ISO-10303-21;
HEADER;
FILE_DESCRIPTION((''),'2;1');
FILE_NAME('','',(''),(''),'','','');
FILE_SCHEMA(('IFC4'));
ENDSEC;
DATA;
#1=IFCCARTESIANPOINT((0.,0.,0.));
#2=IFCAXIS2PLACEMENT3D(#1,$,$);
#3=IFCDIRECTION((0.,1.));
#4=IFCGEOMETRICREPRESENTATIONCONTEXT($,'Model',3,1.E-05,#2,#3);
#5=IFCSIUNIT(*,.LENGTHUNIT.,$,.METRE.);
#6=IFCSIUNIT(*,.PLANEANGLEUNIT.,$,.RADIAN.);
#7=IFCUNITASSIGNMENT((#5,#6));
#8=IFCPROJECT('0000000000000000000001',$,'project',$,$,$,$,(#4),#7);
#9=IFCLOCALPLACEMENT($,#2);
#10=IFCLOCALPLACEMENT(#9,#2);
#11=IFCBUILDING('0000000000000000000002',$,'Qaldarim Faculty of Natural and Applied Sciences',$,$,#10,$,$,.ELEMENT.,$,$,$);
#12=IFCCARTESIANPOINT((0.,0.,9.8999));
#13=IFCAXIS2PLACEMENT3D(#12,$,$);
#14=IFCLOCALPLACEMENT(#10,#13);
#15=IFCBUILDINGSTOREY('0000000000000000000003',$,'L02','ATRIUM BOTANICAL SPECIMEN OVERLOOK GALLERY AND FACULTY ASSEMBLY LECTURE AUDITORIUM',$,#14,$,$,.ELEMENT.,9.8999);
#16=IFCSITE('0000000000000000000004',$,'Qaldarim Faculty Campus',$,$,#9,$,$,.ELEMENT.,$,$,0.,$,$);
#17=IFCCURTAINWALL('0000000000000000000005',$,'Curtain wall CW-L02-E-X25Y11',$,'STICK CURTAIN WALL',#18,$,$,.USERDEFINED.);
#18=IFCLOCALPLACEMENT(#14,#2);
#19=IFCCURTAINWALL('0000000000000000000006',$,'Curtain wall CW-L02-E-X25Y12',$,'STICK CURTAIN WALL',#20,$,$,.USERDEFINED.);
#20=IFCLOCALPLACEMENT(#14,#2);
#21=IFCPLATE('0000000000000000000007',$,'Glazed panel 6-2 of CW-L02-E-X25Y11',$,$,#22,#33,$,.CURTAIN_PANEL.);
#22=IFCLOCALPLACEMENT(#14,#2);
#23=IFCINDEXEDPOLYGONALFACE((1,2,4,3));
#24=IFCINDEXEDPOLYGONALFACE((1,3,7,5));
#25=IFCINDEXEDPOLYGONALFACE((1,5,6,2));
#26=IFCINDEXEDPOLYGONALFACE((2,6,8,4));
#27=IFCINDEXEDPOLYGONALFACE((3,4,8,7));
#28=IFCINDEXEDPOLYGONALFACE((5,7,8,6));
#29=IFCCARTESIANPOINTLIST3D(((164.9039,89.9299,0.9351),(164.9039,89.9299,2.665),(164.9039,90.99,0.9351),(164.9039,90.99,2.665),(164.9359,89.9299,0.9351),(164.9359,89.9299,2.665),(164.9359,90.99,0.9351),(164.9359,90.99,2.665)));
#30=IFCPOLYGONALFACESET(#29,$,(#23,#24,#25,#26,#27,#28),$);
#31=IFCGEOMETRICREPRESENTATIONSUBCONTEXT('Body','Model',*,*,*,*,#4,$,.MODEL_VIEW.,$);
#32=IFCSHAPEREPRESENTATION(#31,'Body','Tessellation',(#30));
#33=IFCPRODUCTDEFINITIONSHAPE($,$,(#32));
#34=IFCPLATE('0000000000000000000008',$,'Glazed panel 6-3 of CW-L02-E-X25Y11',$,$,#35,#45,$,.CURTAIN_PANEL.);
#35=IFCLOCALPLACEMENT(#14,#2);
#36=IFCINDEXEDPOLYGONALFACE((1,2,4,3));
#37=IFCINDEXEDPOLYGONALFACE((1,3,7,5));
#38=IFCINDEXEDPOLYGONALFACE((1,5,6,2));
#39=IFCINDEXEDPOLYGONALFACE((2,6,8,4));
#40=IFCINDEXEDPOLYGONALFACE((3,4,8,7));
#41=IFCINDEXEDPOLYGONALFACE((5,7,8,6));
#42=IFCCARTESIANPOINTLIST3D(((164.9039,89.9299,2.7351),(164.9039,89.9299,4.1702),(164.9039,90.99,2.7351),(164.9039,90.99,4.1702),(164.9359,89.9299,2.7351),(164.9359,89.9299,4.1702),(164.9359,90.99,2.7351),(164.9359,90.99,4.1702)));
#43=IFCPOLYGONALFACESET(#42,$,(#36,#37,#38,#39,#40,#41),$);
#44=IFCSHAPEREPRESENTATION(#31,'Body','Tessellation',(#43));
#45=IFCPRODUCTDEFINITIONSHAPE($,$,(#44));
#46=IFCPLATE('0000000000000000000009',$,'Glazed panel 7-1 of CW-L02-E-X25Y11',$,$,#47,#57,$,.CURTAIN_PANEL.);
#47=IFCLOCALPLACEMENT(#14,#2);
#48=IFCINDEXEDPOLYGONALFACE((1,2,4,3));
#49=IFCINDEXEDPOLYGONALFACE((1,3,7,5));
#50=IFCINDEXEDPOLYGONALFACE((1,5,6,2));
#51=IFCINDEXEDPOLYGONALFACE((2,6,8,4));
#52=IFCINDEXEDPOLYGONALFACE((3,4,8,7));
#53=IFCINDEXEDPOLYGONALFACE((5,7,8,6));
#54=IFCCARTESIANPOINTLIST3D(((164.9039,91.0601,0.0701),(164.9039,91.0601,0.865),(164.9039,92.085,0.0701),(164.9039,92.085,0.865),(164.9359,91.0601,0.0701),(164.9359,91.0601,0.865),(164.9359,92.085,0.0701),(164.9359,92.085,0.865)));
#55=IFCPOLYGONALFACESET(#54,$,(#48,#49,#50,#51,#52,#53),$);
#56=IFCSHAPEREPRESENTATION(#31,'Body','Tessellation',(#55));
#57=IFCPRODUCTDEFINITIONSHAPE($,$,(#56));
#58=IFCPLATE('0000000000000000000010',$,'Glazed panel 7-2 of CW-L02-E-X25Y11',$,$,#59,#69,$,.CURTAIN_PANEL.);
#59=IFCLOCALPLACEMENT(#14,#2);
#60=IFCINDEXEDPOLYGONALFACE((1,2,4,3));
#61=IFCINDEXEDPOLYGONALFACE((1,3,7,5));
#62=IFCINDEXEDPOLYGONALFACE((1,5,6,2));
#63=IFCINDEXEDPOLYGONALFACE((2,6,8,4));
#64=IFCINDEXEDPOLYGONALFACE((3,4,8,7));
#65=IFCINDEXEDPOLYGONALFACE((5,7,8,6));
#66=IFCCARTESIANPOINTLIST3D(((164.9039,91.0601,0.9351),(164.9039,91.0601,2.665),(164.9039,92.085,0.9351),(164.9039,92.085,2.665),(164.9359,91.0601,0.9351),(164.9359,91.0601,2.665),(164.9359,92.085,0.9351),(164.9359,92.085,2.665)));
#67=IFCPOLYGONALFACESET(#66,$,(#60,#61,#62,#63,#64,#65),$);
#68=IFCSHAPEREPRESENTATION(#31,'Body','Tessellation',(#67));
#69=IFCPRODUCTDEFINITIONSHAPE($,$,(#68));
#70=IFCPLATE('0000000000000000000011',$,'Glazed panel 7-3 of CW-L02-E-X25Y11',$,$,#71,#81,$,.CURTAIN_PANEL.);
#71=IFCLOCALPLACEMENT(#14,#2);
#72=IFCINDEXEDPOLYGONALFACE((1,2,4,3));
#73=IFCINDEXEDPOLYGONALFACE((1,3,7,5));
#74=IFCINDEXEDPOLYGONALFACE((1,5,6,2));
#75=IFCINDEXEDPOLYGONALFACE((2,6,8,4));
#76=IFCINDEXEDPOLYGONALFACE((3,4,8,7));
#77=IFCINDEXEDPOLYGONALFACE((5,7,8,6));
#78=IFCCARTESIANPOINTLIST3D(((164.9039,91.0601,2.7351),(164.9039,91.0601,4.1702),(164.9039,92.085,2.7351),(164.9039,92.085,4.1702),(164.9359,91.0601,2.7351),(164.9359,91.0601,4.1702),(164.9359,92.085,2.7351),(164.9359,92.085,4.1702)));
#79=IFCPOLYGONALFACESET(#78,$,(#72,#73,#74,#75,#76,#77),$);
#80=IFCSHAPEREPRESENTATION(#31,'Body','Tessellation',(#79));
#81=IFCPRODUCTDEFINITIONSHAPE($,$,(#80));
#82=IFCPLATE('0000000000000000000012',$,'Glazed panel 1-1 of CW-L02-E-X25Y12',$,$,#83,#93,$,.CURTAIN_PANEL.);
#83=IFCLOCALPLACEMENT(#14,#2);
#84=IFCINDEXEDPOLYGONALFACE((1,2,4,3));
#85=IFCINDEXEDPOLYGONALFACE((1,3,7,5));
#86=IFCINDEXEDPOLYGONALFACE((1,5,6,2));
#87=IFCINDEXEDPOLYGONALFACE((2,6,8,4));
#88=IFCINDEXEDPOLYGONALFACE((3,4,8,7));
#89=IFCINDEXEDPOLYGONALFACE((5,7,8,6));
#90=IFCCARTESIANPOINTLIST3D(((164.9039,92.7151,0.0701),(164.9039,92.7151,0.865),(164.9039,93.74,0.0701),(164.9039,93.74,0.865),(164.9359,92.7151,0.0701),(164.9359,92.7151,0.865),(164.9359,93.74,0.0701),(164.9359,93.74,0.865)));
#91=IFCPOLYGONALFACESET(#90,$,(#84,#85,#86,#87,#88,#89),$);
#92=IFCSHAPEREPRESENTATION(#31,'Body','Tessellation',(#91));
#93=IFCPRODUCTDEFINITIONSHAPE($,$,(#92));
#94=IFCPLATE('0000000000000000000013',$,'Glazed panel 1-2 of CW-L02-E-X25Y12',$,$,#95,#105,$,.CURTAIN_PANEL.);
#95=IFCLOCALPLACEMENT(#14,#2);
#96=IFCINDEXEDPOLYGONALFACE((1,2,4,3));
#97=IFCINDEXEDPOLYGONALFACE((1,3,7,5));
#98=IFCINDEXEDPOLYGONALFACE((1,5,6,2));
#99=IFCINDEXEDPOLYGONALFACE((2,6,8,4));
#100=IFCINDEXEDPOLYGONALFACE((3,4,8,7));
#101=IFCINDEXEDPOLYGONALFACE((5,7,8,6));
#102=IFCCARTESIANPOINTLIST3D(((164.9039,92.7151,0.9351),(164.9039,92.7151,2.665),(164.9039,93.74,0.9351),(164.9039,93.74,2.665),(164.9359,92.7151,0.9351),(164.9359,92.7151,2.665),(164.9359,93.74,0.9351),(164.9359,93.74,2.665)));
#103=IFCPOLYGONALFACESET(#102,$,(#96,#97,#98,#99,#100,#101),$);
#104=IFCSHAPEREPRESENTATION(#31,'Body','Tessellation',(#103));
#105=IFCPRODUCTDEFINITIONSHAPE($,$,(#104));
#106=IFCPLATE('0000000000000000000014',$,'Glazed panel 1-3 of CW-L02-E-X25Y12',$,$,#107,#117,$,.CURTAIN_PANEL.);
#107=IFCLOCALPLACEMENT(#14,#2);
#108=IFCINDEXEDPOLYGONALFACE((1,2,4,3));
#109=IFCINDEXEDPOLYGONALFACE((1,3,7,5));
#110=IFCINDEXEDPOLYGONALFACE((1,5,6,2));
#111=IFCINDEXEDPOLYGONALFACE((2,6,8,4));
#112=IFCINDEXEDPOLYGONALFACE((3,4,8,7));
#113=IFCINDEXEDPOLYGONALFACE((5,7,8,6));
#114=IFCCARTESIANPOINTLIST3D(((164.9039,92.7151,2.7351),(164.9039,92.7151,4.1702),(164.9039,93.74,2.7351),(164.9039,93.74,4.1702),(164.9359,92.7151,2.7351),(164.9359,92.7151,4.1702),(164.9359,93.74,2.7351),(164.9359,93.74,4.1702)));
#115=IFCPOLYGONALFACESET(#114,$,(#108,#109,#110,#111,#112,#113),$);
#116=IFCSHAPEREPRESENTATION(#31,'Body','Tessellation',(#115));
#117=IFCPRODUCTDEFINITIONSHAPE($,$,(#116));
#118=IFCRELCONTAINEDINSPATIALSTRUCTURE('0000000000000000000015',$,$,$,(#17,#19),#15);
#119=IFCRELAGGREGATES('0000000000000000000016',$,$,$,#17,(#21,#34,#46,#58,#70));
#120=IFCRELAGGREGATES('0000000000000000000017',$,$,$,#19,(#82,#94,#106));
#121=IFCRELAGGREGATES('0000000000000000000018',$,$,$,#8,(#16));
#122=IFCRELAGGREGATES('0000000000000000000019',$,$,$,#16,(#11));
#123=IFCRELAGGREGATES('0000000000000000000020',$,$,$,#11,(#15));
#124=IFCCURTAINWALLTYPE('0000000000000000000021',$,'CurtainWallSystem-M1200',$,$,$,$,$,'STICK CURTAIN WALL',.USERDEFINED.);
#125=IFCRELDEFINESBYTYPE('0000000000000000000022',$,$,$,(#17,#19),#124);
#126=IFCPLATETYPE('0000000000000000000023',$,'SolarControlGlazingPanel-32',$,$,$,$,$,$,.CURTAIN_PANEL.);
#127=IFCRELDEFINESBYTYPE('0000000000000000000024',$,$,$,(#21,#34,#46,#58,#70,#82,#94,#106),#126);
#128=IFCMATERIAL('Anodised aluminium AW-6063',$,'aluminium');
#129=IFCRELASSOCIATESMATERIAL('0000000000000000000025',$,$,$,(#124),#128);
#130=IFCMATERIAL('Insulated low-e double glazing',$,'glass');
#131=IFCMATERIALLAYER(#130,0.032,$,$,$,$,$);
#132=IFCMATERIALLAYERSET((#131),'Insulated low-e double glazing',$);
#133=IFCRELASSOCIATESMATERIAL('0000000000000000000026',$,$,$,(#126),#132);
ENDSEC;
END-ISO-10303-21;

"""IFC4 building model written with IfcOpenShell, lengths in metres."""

from ifc_helpers import new_model, si_unit, direction, frame, origin, origin_2d, place, context, subcontext, project, spatial, rectangle, extrude, material, layer, layer_set, type_object, element, aggregate, save


model = new_model("IFC4")

# Units and contexts
model_context = context("Model", 3, precision=1e-05, world=origin(), true_north=direction((0.0, 1.0)))
body_context = subcontext(model_context, "Body", "Model", "MODEL_VIEW")
ifc_project = project(units=[si_unit("LENGTHUNIT", "METRE"), si_unit("PLANEANGLEUNIT", "RADIAN")], contexts=[model_context])

# Site, building, storey
site_placement = place(None, origin())
site = spatial("IfcSite", under=ifc_project, at=site_placement, Name="Qaldarim Faculty Campus", CompositionType="ELEMENT", RefElevation=0.0)
building_placement = place(site_placement, origin())
building = spatial("IfcBuilding", under=site, at=building_placement, Name="Qaldarim Faculty of Natural and Applied Sciences", CompositionType="ELEMENT")
storey_placement = place(building_placement, frame((0.0, 0.0, 9.8999)))
storey = spatial("IfcBuildingStorey", under=building, at=storey_placement, Name="L02", Description="ATRIUM BOTANICAL SPECIMEN OVERLOOK GALLERY AND FACULTY ASSEMBLY LECTURE AUDITORIUM", CompositionType="ELEMENT", Elevation=9.8999)

# Curtain walls
ifc_material_1 = material(Name="Anodised aluminium AW-6063", Category="aluminium")
curtain_wall_type = type_object("IfcCurtainWallType", Name="CurtainWallSystem-M1200", ElementType="STICK CURTAIN WALL", PredefinedType="USERDEFINED", material=ifc_material_1)
curtain_wall_1_placement = place(storey_placement, origin())
curtain_wall_1 = element("IfcCurtainWall", 1, at=curtain_wall_1_placement, inside=storey, type_object=curtain_wall_type, Name="Curtain wall CW-L02-E-X25Y11", ObjectType="STICK CURTAIN WALL", PredefinedType="USERDEFINED")
curtain_wall_2_placement = place(storey_placement, origin())
curtain_wall_2 = element("IfcCurtainWall", 2, at=curtain_wall_2_placement, inside=storey, type_object=curtain_wall_type, Name="Curtain wall CW-L02-E-X25Y12", ObjectType="STICK CURTAIN WALL", PredefinedType="USERDEFINED")

# Plates
ifc_material_2 = material(Name="Insulated low-e double glazing", Category="glass")
ifc_layer = layer(ifc_material_2, 0.032)
ifc_layer_set = layer_set([ifc_layer], Name="Insulated low-e double glazing")
plate_type = type_object("IfcPlateType", Name="SolarControlGlazingPanel-32", PredefinedType="CURTAIN_PANEL", material=ifc_layer_set)
plate_1_placement = place(storey_placement, frame((164.9199, 90.46, 0.9351), z_axis=(0.0, 0.0, 1.0), x_axis=(0.0, 1.0, 0.0)))
plate_1 = element("IfcPlate", 3, at=plate_1_placement, type_object=plate_type, Name="Glazed panel 6-2 of CW-L02-E-X25Y11", PredefinedType="CURTAIN_PANEL", context=body_context, shape_type="SweptSolid", body=[
    extrude(rectangle(XDim=1.0601, YDim=0.032, at=origin_2d()), origin(), (0.0, 0.0, 1.0), 1.73),
])
plate_2_placement = place(storey_placement, frame((164.9199, 90.46, 2.7351), z_axis=(0.0, 0.0, 1.0), x_axis=(0.0, 1.0, 0.0)))
plate_2 = element("IfcPlate", 4, at=plate_2_placement, type_object=plate_type, Name="Glazed panel 6-3 of CW-L02-E-X25Y11", PredefinedType="CURTAIN_PANEL", context=body_context, shape_type="SweptSolid", body=[
    extrude(rectangle(XDim=1.0601, YDim=0.032, at=origin_2d()), origin(), (0.0, 0.0, 1.0), 1.4351),
])
plate_3_placement = place(storey_placement, frame((164.9199, 91.5725, 0.0701), z_axis=(0.0, 0.0, 1.0), x_axis=(0.0, 1.0, 0.0)))
plate_3 = element("IfcPlate", 5, at=plate_3_placement, type_object=plate_type, Name="Glazed panel 7-1 of CW-L02-E-X25Y11", PredefinedType="CURTAIN_PANEL", context=body_context, shape_type="SweptSolid", body=[
    extrude(rectangle(XDim=1.0249, YDim=0.032, at=origin_2d()), origin(), (0.0, 0.0, 1.0), 0.7949),
])
plate_4_placement = place(storey_placement, frame((164.9199, 91.5725, 0.9351), z_axis=(0.0, 0.0, 1.0), x_axis=(0.0, 1.0, 0.0)))
plate_4 = element("IfcPlate", 6, at=plate_4_placement, type_object=plate_type, Name="Glazed panel 7-2 of CW-L02-E-X25Y11", PredefinedType="CURTAIN_PANEL", context=body_context, shape_type="SweptSolid", body=[
    extrude(rectangle(XDim=1.0249, YDim=0.032, at=origin_2d()), origin(), (0.0, 0.0, 1.0), 1.73),
])
plate_5_placement = place(storey_placement, frame((164.9199, 91.5725, 2.7351), z_axis=(0.0, 0.0, 1.0), x_axis=(0.0, 1.0, 0.0)))
plate_5 = element("IfcPlate", 7, at=plate_5_placement, type_object=plate_type, Name="Glazed panel 7-3 of CW-L02-E-X25Y11", PredefinedType="CURTAIN_PANEL", context=body_context, shape_type="SweptSolid", body=[
    extrude(rectangle(XDim=1.0249, YDim=0.032, at=origin_2d()), origin(), (0.0, 0.0, 1.0), 1.4351),
])
aggregate(curtain_wall_1, [plate_1, plate_2, plate_3, plate_4, plate_5])
plate_6_placement = place(storey_placement, frame((164.9199, 93.2275, 0.0701), z_axis=(0.0, 0.0, 1.0), x_axis=(0.0, 1.0, 0.0)))
plate_6 = element("IfcPlate", 8, at=plate_6_placement, type_object=plate_type, Name="Glazed panel 1-1 of CW-L02-E-X25Y12", PredefinedType="CURTAIN_PANEL", context=body_context, shape_type="SweptSolid", body=[
    extrude(rectangle(XDim=1.0249, YDim=0.032, at=origin_2d()), origin(), (0.0, 0.0, 1.0), 0.7949),
])
plate_7_placement = place(storey_placement, frame((164.9199, 93.2275, 0.9351), z_axis=(0.0, 0.0, 1.0), x_axis=(0.0, 1.0, 0.0)))
plate_7 = element("IfcPlate", 9, at=plate_7_placement, type_object=plate_type, Name="Glazed panel 1-2 of CW-L02-E-X25Y12", PredefinedType="CURTAIN_PANEL", context=body_context, shape_type="SweptSolid", body=[
    extrude(rectangle(XDim=1.0249, YDim=0.032, at=origin_2d()), origin(), (0.0, 0.0, 1.0), 1.73),
])
plate_8_placement = place(storey_placement, frame((164.9199, 93.2275, 2.7351), z_axis=(0.0, 0.0, 1.0), x_axis=(0.0, 1.0, 0.0)))
plate_8 = element("IfcPlate", 10, at=plate_8_placement, type_object=plate_type, Name="Glazed panel 1-3 of CW-L02-E-X25Y12", PredefinedType="CURTAIN_PANEL", context=body_context, shape_type="SweptSolid", body=[
    extrude(rectangle(XDim=1.0249, YDim=0.032, at=origin_2d()), origin(), (0.0, 0.0, 1.0), 1.4351),
])
aggregate(curtain_wall_2, [plate_6, plate_7, plate_8])

save(model, "model.ifc")
